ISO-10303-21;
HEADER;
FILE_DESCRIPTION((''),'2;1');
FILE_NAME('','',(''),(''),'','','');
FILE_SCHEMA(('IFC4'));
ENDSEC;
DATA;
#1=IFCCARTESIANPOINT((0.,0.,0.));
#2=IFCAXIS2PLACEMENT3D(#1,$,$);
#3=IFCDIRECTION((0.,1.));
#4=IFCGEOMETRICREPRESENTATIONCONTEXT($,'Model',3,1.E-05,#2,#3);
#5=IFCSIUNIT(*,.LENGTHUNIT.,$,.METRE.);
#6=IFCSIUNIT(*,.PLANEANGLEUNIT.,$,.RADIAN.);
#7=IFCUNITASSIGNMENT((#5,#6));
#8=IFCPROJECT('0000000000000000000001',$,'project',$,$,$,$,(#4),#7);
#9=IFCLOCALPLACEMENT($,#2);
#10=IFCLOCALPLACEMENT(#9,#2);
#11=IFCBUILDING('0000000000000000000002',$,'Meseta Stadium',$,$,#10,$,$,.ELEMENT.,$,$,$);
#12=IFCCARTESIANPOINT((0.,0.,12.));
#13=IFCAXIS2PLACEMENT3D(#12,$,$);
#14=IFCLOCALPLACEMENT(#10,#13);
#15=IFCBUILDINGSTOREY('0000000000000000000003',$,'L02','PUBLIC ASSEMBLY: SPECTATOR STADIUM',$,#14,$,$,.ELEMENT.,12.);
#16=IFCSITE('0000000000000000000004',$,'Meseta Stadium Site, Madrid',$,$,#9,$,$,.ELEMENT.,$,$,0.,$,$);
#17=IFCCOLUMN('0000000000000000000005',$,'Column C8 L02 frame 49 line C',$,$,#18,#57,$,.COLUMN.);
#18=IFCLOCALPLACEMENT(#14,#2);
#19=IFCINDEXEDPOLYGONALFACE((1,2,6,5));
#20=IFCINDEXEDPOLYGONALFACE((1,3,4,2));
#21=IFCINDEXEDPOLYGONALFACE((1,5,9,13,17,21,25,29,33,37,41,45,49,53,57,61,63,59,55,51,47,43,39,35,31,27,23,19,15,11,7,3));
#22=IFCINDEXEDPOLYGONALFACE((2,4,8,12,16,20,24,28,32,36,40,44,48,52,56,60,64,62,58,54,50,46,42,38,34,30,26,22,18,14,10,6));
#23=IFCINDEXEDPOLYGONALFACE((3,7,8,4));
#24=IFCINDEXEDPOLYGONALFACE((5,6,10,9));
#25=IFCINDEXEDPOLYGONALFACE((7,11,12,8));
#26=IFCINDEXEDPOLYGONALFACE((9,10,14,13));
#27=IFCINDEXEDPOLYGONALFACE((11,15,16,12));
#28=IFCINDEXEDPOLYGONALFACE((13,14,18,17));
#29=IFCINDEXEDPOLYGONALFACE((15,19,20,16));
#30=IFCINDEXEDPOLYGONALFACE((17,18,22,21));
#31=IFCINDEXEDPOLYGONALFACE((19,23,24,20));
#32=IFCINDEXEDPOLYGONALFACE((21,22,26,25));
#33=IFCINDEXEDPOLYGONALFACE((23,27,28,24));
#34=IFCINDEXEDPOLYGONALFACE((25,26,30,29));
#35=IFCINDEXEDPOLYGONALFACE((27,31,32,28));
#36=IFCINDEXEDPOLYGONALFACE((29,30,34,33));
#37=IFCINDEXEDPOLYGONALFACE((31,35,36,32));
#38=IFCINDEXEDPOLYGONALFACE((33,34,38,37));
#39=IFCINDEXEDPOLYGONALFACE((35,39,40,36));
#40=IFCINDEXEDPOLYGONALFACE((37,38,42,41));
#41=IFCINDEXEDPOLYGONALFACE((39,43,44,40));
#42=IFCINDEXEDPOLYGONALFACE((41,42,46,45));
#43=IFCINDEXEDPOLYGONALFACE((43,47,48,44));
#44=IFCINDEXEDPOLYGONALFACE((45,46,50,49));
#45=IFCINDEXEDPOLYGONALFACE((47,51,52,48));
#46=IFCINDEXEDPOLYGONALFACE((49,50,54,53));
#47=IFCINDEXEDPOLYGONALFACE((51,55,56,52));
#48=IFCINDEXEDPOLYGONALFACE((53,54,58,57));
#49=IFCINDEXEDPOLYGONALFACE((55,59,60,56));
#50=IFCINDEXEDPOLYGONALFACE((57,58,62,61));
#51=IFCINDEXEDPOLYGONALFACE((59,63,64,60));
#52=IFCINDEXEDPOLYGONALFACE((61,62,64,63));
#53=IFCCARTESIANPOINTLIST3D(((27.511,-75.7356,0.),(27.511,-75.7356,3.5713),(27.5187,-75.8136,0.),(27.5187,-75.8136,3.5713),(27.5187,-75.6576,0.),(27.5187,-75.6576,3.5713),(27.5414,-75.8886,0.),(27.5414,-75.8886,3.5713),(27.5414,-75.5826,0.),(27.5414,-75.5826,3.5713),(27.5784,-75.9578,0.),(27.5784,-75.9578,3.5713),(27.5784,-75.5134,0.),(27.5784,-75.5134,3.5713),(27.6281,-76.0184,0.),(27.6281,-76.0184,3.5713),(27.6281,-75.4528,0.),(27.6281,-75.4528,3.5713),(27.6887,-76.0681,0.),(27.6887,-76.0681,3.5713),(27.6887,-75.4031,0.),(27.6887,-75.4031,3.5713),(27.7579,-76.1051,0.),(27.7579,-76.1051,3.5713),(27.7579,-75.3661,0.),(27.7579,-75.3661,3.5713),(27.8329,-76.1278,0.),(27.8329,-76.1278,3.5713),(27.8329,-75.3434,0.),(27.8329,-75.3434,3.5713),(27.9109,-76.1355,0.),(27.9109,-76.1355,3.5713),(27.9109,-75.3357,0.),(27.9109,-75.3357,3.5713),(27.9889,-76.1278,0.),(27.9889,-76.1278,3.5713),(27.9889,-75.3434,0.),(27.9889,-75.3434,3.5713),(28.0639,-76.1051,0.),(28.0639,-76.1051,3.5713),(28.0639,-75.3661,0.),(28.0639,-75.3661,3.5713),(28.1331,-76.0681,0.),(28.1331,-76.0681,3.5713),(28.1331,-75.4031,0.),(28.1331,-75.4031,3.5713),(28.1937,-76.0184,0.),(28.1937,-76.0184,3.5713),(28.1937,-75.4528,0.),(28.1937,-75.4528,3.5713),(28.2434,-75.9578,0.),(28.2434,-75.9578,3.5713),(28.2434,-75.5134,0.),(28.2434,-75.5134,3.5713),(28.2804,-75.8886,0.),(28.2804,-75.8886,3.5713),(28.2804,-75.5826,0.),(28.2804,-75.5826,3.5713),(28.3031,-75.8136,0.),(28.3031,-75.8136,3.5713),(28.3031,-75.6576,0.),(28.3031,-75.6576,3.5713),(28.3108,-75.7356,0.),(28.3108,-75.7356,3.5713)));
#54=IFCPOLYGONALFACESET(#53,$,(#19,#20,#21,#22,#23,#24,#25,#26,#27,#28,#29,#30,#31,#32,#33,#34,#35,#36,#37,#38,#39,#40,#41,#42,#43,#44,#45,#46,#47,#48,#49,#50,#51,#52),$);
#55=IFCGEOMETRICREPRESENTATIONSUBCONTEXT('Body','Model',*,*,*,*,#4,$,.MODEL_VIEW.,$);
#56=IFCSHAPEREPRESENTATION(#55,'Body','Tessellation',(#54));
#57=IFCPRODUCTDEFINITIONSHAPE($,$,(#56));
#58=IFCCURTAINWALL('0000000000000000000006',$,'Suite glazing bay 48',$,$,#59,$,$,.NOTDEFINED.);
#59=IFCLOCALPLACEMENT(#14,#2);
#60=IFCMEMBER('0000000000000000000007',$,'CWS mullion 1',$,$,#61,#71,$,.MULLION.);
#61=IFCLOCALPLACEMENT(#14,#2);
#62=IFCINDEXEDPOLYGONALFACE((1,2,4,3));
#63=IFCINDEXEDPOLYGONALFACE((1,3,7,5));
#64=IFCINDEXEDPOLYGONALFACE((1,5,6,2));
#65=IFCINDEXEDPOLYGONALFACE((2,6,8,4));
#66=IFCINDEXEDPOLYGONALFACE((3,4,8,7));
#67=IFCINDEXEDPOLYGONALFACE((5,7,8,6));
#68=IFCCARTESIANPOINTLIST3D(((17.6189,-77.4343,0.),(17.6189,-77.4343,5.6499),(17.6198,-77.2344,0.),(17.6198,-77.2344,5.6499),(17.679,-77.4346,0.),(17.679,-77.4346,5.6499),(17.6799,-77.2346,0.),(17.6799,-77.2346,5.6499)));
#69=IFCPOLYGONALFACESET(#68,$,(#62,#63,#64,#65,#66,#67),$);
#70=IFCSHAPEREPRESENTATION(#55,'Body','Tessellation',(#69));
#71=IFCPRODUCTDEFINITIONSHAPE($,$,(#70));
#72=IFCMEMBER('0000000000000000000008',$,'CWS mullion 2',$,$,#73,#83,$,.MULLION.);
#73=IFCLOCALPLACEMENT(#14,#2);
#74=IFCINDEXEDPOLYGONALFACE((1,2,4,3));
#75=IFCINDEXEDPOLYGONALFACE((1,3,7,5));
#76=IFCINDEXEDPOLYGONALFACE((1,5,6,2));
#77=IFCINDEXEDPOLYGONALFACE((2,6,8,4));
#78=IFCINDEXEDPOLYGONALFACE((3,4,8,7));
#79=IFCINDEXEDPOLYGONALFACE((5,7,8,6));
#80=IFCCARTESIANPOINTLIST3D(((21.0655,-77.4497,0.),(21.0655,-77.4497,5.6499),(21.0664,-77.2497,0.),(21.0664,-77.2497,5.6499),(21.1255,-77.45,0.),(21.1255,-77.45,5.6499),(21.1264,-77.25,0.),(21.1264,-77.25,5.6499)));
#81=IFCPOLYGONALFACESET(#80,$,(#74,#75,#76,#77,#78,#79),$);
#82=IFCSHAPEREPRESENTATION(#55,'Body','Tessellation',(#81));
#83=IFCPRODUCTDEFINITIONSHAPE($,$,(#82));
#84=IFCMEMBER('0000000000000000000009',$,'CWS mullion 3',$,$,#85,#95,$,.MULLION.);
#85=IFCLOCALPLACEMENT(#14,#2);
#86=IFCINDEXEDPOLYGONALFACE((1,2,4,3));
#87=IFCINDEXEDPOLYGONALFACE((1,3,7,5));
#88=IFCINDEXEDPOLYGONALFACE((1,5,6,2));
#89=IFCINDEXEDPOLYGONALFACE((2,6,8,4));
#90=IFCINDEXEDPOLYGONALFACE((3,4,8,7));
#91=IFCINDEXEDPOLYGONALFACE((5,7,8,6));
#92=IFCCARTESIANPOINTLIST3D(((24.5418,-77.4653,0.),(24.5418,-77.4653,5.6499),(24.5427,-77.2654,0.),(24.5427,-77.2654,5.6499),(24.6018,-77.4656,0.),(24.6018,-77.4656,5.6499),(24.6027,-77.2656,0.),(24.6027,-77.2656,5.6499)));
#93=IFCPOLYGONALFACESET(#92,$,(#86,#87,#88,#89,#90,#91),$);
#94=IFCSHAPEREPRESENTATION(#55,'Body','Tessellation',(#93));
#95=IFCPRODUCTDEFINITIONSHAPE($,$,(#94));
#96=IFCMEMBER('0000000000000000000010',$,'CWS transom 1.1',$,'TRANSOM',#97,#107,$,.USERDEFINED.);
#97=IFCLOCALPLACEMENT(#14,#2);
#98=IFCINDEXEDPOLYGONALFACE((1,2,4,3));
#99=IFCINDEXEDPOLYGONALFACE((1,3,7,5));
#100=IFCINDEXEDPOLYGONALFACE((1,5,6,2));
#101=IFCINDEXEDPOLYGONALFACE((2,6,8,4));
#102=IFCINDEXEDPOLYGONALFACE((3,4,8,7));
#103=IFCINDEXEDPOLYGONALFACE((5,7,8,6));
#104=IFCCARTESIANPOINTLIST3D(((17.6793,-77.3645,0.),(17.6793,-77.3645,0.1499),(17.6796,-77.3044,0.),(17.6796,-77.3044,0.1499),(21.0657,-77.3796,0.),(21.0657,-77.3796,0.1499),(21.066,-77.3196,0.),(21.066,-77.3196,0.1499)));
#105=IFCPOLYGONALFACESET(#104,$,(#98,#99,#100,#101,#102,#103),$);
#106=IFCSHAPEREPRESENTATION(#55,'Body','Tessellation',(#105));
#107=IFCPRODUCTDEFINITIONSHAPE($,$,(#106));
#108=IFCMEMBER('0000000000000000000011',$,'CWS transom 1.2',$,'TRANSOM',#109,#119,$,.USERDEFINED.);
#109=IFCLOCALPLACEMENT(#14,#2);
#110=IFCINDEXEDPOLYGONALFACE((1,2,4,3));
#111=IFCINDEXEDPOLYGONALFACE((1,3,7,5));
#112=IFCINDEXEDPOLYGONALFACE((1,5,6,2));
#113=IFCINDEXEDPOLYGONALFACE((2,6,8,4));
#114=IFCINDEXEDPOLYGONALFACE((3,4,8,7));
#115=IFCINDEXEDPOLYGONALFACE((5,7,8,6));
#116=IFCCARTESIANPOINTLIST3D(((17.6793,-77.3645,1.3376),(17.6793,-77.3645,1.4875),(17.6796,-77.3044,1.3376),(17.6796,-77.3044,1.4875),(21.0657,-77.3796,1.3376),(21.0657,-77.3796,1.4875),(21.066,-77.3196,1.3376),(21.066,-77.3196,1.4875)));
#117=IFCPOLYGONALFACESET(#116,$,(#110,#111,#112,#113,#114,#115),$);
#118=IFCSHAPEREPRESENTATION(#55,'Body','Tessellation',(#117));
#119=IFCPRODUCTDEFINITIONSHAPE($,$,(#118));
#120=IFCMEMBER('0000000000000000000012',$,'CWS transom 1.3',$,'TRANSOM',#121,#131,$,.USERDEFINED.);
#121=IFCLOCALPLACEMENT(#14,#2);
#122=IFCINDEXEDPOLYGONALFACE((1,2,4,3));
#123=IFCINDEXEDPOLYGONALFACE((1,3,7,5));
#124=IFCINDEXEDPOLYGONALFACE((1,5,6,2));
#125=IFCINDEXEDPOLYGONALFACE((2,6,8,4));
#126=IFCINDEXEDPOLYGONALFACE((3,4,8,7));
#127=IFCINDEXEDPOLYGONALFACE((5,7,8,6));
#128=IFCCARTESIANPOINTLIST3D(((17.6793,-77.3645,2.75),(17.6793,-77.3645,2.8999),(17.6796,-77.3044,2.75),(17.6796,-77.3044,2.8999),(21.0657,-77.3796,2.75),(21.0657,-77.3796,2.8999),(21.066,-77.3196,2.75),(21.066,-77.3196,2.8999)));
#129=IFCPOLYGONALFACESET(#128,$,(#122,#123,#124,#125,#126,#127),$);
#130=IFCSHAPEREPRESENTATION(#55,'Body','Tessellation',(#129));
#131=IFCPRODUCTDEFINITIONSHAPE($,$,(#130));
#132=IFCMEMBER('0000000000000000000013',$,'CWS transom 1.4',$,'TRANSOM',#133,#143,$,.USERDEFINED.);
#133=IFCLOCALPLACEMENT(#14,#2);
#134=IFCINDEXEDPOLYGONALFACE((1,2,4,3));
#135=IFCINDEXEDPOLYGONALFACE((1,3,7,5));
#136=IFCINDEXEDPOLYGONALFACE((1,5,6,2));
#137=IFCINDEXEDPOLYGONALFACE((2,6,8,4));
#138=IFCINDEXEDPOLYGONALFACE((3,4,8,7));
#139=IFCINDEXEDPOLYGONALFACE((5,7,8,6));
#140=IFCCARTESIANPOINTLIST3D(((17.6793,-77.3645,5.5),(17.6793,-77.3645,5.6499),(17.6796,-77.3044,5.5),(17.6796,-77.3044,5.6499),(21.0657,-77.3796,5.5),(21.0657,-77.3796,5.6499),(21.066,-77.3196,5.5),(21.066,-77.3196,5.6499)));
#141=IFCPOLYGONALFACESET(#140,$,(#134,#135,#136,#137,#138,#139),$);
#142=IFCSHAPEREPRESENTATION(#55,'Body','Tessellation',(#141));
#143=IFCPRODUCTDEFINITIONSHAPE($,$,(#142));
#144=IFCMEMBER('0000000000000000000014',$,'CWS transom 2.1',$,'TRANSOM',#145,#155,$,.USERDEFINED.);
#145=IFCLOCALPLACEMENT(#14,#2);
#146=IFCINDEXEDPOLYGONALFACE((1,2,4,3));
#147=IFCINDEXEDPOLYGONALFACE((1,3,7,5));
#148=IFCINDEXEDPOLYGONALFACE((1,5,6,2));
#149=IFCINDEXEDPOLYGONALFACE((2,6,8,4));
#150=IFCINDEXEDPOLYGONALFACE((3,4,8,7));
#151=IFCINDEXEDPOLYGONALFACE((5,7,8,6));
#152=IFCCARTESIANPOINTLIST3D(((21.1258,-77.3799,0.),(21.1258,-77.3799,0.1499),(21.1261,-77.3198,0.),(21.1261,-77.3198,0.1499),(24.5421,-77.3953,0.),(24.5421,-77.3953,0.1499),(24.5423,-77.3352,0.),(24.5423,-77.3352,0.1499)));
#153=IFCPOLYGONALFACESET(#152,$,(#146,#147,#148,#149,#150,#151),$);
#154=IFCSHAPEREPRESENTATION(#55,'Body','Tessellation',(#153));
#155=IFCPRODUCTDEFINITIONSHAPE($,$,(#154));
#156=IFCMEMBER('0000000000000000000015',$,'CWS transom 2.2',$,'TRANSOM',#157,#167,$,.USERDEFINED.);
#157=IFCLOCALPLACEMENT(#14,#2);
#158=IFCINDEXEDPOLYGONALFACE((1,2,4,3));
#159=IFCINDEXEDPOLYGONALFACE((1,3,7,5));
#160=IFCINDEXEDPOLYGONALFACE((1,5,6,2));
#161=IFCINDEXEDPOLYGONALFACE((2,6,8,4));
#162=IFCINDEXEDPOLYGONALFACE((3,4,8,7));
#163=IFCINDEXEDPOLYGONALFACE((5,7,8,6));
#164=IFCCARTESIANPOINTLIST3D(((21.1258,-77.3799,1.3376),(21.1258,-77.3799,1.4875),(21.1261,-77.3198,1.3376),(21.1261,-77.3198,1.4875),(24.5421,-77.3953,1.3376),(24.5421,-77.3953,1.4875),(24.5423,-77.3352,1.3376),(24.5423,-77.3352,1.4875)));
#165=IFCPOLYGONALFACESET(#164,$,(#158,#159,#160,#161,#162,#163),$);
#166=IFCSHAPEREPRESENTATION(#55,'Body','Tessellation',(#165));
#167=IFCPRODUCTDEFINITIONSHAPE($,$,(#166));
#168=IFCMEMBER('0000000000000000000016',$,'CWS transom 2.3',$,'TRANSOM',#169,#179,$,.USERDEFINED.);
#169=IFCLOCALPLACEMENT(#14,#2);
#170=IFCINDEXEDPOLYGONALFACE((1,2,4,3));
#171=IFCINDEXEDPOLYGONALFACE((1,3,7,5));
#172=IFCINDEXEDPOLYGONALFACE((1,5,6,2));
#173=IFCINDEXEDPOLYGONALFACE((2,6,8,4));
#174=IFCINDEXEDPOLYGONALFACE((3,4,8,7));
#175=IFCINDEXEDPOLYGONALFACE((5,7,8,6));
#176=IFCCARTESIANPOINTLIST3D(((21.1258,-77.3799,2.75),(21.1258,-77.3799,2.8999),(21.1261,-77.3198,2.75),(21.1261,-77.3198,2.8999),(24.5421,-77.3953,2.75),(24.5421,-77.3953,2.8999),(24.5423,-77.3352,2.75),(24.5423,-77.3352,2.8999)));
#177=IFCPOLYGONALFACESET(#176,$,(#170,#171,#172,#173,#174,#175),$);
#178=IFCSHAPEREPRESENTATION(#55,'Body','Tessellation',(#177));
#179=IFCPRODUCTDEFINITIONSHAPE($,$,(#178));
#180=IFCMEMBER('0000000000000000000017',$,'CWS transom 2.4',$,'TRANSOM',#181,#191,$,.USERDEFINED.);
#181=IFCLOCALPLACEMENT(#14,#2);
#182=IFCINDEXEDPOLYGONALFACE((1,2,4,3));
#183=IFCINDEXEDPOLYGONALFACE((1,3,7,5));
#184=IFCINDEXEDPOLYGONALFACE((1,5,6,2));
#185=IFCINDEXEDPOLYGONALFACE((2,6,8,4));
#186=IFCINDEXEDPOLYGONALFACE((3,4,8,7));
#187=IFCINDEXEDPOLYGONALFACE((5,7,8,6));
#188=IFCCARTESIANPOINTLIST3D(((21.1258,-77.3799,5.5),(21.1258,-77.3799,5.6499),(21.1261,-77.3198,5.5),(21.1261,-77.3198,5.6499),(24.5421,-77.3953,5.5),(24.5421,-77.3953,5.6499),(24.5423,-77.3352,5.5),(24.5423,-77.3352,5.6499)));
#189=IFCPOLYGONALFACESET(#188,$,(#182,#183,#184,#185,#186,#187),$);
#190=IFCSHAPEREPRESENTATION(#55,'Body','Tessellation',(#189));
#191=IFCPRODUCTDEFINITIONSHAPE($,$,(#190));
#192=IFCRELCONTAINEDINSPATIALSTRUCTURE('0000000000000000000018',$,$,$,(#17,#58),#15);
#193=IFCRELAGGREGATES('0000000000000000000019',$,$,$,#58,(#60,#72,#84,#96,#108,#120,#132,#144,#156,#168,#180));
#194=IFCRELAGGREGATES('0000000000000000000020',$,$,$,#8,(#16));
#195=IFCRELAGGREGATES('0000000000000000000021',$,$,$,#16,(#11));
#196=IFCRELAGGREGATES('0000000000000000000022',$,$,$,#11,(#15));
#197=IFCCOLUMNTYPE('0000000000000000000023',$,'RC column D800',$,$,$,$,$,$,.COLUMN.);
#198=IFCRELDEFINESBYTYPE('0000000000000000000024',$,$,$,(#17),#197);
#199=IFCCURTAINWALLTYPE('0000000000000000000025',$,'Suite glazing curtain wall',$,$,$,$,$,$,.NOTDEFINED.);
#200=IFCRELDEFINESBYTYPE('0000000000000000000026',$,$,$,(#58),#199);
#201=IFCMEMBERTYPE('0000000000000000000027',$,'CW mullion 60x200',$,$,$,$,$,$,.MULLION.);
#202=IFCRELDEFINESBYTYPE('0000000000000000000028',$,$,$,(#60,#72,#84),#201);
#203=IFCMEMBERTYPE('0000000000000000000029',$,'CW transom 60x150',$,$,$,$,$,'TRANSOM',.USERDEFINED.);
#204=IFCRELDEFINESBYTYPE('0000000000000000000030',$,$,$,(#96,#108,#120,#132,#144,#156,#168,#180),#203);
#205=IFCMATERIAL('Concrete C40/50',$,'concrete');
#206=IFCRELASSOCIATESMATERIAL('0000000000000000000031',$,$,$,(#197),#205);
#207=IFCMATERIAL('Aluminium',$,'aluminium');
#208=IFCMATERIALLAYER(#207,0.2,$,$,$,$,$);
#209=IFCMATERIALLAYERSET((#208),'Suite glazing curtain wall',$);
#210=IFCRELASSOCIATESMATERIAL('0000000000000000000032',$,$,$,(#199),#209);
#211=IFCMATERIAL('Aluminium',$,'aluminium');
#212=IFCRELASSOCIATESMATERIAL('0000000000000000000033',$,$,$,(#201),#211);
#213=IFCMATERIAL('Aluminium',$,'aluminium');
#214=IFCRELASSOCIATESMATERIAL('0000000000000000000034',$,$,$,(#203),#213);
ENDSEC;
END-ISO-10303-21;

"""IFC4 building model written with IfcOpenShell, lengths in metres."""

from ifc_helpers import new_model, si_unit, direction, frame, origin, origin_2d, place, context, subcontext, project, spatial, rectangle, circle, extrude, material, layer, layer_set, material_profile, profile_set, type_object, element, aggregate, save


model = new_model("IFC4")

# Units and contexts
model_context = context("Model", 3, precision=1e-05, world=origin(), true_north=direction((0.0, 1.0)))
body_context = subcontext(model_context, "Body", "Model", "MODEL_VIEW")
ifc_project = project(units=[si_unit("LENGTHUNIT", "METRE"), si_unit("PLANEANGLEUNIT", "RADIAN")], contexts=[model_context])

# Site, building, storey
site_placement = place(None, origin())
site = spatial("IfcSite", under=ifc_project, at=site_placement, Name="Meseta Stadium Site, Madrid", CompositionType="ELEMENT", RefElevation=0.0)
building_placement = place(site_placement, origin())
building = spatial("IfcBuilding", under=site, at=building_placement, Name="Meseta Stadium", CompositionType="ELEMENT")
storey_placement = place(building_placement, frame((0.0, 0.0, 12.0)))
storey = spatial("IfcBuildingStorey", under=building, at=storey_placement, Name="L02", Description="PUBLIC ASSEMBLY: SPECTATOR STADIUM", CompositionType="ELEMENT", Elevation=12.0)

# Column
ifc_material_1 = material(Name="Concrete C40/50", Category="concrete")
ifc_material_profile_1 = material_profile(ifc_material_1, circle(Radius=0.3999, at=origin_2d()), Name="RC D800")
ifc_profile_set_1 = profile_set([ifc_material_profile_1], Name="Concrete C40/50")
column_type = type_object("IfcColumnType", Name="RC column D800", PredefinedType="COLUMN", material=ifc_profile_set_1)
column_placement = place(storey_placement, frame((27.9109, -75.7356, 0.0), z_axis=(0.0, 0.0, 1.0), x_axis=(1.0, 0.0, 0.0)))
element("IfcColumn", 1, at=column_placement, inside=storey, type_object=column_type, Name="Column C8 L02 frame 49 line C", PredefinedType="COLUMN", context=body_context, shape_type="SweptSolid", body=[
    extrude(circle(Radius=0.3999, at=origin_2d()), origin(), (0.0, 0.0, 1.0), 3.5713),
])

# Curtain wall, members
ifc_material_2 = material(Name="Aluminium", Category="aluminium")
ifc_layer_1 = layer(ifc_material_2, 0.2)
ifc_layer_set_1 = layer_set([ifc_layer_1], Name="Suite glazing curtain wall")
curtain_wall_type = type_object("IfcCurtainWallType", Name="Suite glazing curtain wall", PredefinedType="NOTDEFINED", material=ifc_layer_set_1)
curtain_wall_1_placement = place(storey_placement, origin())
curtain_wall_1 = element("IfcCurtainWall", 2, at=curtain_wall_1_placement, inside=storey, type_object=curtain_wall_type, Name="Suite glazing bay 48", PredefinedType="NOTDEFINED")
ifc_material_3 = material(Name="Aluminium", Category="aluminium")
ifc_material_profile_2 = material_profile(ifc_material_3, rectangle(XDim=0.2, YDim=0.0601, at=origin_2d()), Name="CW 200x60")
ifc_profile_set_2 = profile_set([ifc_material_profile_2], Name="Aluminium")
member_type_1 = type_object("IfcMemberType", Name="CW mullion 60x200", PredefinedType="MULLION", material=ifc_profile_set_2)
member_1_placement = place(storey_placement, frame((17.6494, -77.3345, 0.0), z_axis=(0.0, 0.0, 1.0), x_axis=(0.004469, 0.99999, 0.0)))
member_1 = element("IfcMember", 3, at=member_1_placement, type_object=member_type_1, Name="CWS mullion 1", PredefinedType="MULLION", context=body_context, shape_type="SweptSolid", body=[
    extrude(rectangle(XDim=0.2, YDim=0.0601, at=origin_2d()), origin(), (0.0, 0.0, 1.0), 5.6499),
])
member_2_placement = place(storey_placement, frame((21.0959, -77.3499, 0.0), z_axis=(0.0, 0.0, 1.0), x_axis=(0.004469, 0.99999, 0.0)))
member_2 = element("IfcMember", 4, at=member_2_placement, type_object=member_type_1, Name="CWS mullion 2", PredefinedType="MULLION", context=body_context, shape_type="SweptSolid", body=[
    extrude(rectangle(XDim=0.2, YDim=0.0601, at=origin_2d()), origin(), (0.0, 0.0, 1.0), 5.6499),
])
member_3_placement = place(storey_placement, frame((24.5723, -77.3655, 0.0), z_axis=(0.0, 0.0, 1.0), x_axis=(0.004469, 0.99999, 0.0)))
member_3 = element("IfcMember", 5, at=member_3_placement, type_object=member_type_1, Name="CWS mullion 3", PredefinedType="MULLION", context=body_context, shape_type="SweptSolid", body=[
    extrude(rectangle(XDim=0.2, YDim=0.0601, at=origin_2d()), origin(), (0.0, 0.0, 1.0), 5.6499),
])
ifc_material_4 = material(Name="Aluminium", Category="aluminium")
ifc_material_profile_3 = material_profile(ifc_material_4, rectangle(XDim=0.0601, YDim=0.1499, at=origin_2d()), Name="CW 60x150")
ifc_profile_set_3 = profile_set([ifc_material_profile_3], Name="Aluminium")
member_type_2 = type_object("IfcMemberType", Name="CW transom 60x150", ElementType="TRANSOM", PredefinedType="USERDEFINED", material=ifc_profile_set_3)
member_4_placement = place(storey_placement, frame((17.6794, -77.3345, 0.075), z_axis=(0.99999, -0.00447, 0.0), x_axis=(0.00447, 0.99999, 0.0)))
member_4 = element("IfcMember", 6, at=member_4_placement, type_object=member_type_2, Name="CWS transom 1.1", ObjectType="TRANSOM", PredefinedType="USERDEFINED", context=body_context, shape_type="SweptSolid", body=[
    extrude(rectangle(XDim=0.0601, YDim=0.1499, at=origin_2d()), origin(), (0.0, 0.0, 1.0), 3.3865),
])
member_5_placement = place(storey_placement, frame((17.6794, -77.3345, 1.4126), z_axis=(0.99999, -0.00447, 0.0), x_axis=(0.00447, 0.99999, 0.0)))
member_5 = element("IfcMember", 7, at=member_5_placement, type_object=member_type_2, Name="CWS transom 1.2", ObjectType="TRANSOM", PredefinedType="USERDEFINED", context=body_context, shape_type="SweptSolid", body=[
    extrude(rectangle(XDim=0.0601, YDim=0.1499, at=origin_2d()), origin(), (0.0, 0.0, 1.0), 3.3865),
])
member_6_placement = place(storey_placement, frame((17.6794, -77.3345, 2.825), z_axis=(0.99999, -0.00447, 0.0), x_axis=(0.00447, 0.99999, 0.0)))
member_6 = element("IfcMember", 8, at=member_6_placement, type_object=member_type_2, Name="CWS transom 1.3", ObjectType="TRANSOM", PredefinedType="USERDEFINED", context=body_context, shape_type="SweptSolid", body=[
    extrude(rectangle(XDim=0.0601, YDim=0.1499, at=origin_2d()), origin(), (0.0, 0.0, 1.0), 3.3865),
])
member_7_placement = place(storey_placement, frame((17.6794, -77.3345, 5.575), z_axis=(0.99999, -0.00447, 0.0), x_axis=(0.00447, 0.99999, 0.0)))
member_7 = element("IfcMember", 9, at=member_7_placement, type_object=member_type_2, Name="CWS transom 1.4", ObjectType="TRANSOM", PredefinedType="USERDEFINED", context=body_context, shape_type="SweptSolid", body=[
    extrude(rectangle(XDim=0.0601, YDim=0.1499, at=origin_2d()), origin(), (0.0, 0.0, 1.0), 3.3865),
])
member_8_placement = place(storey_placement, frame((21.126, -77.3499, 0.075), z_axis=(0.99999, -0.004502, 0.0), x_axis=(0.004502, 0.99999, 0.0)))
member_8 = element("IfcMember", 10, at=member_8_placement, type_object=member_type_2, Name="CWS transom 2.1", ObjectType="TRANSOM", PredefinedType="USERDEFINED", context=body_context, shape_type="SweptSolid", body=[
    extrude(rectangle(XDim=0.0601, YDim=0.1499, at=origin_2d()), origin(), (0.0, 0.0, 1.0), 3.4163),
])
member_9_placement = place(storey_placement, frame((21.126, -77.3499, 1.4126), z_axis=(0.99999, -0.004502, 0.0), x_axis=(0.004502, 0.99999, 0.0)))
member_9 = element("IfcMember", 11, at=member_9_placement, type_object=member_type_2, Name="CWS transom 2.2", ObjectType="TRANSOM", PredefinedType="USERDEFINED", context=body_context, shape_type="SweptSolid", body=[
    extrude(rectangle(XDim=0.0601, YDim=0.1499, at=origin_2d()), origin(), (0.0, 0.0, 1.0), 3.4163),
])
member_10_placement = place(storey_placement, frame((21.126, -77.3499, 2.825), z_axis=(0.99999, -0.004502, 0.0), x_axis=(0.004502, 0.99999, 0.0)))
member_10 = element("IfcMember", 12, at=member_10_placement, type_object=member_type_2, Name="CWS transom 2.3", ObjectType="TRANSOM", PredefinedType="USERDEFINED", context=body_context, shape_type="SweptSolid", body=[
    extrude(rectangle(XDim=0.0601, YDim=0.1499, at=origin_2d()), origin(), (0.0, 0.0, 1.0), 3.4163),
])
member_11_placement = place(storey_placement, frame((21.126, -77.3499, 5.575), z_axis=(0.99999, -0.004502, 0.0), x_axis=(0.004502, 0.99999, 0.0)))
member_11 = element("IfcMember", 13, at=member_11_placement, type_object=member_type_2, Name="CWS transom 2.4", ObjectType="TRANSOM", PredefinedType="USERDEFINED", context=body_context, shape_type="SweptSolid", body=[
    extrude(rectangle(XDim=0.0601, YDim=0.1499, at=origin_2d()), origin(), (0.0, 0.0, 1.0), 3.4163),
])

aggregate(curtain_wall_1, [member_1, member_2, member_3, member_4, member_5, member_6, member_7, member_8, member_9, member_10, member_11])

save(model, "model.ifc")
